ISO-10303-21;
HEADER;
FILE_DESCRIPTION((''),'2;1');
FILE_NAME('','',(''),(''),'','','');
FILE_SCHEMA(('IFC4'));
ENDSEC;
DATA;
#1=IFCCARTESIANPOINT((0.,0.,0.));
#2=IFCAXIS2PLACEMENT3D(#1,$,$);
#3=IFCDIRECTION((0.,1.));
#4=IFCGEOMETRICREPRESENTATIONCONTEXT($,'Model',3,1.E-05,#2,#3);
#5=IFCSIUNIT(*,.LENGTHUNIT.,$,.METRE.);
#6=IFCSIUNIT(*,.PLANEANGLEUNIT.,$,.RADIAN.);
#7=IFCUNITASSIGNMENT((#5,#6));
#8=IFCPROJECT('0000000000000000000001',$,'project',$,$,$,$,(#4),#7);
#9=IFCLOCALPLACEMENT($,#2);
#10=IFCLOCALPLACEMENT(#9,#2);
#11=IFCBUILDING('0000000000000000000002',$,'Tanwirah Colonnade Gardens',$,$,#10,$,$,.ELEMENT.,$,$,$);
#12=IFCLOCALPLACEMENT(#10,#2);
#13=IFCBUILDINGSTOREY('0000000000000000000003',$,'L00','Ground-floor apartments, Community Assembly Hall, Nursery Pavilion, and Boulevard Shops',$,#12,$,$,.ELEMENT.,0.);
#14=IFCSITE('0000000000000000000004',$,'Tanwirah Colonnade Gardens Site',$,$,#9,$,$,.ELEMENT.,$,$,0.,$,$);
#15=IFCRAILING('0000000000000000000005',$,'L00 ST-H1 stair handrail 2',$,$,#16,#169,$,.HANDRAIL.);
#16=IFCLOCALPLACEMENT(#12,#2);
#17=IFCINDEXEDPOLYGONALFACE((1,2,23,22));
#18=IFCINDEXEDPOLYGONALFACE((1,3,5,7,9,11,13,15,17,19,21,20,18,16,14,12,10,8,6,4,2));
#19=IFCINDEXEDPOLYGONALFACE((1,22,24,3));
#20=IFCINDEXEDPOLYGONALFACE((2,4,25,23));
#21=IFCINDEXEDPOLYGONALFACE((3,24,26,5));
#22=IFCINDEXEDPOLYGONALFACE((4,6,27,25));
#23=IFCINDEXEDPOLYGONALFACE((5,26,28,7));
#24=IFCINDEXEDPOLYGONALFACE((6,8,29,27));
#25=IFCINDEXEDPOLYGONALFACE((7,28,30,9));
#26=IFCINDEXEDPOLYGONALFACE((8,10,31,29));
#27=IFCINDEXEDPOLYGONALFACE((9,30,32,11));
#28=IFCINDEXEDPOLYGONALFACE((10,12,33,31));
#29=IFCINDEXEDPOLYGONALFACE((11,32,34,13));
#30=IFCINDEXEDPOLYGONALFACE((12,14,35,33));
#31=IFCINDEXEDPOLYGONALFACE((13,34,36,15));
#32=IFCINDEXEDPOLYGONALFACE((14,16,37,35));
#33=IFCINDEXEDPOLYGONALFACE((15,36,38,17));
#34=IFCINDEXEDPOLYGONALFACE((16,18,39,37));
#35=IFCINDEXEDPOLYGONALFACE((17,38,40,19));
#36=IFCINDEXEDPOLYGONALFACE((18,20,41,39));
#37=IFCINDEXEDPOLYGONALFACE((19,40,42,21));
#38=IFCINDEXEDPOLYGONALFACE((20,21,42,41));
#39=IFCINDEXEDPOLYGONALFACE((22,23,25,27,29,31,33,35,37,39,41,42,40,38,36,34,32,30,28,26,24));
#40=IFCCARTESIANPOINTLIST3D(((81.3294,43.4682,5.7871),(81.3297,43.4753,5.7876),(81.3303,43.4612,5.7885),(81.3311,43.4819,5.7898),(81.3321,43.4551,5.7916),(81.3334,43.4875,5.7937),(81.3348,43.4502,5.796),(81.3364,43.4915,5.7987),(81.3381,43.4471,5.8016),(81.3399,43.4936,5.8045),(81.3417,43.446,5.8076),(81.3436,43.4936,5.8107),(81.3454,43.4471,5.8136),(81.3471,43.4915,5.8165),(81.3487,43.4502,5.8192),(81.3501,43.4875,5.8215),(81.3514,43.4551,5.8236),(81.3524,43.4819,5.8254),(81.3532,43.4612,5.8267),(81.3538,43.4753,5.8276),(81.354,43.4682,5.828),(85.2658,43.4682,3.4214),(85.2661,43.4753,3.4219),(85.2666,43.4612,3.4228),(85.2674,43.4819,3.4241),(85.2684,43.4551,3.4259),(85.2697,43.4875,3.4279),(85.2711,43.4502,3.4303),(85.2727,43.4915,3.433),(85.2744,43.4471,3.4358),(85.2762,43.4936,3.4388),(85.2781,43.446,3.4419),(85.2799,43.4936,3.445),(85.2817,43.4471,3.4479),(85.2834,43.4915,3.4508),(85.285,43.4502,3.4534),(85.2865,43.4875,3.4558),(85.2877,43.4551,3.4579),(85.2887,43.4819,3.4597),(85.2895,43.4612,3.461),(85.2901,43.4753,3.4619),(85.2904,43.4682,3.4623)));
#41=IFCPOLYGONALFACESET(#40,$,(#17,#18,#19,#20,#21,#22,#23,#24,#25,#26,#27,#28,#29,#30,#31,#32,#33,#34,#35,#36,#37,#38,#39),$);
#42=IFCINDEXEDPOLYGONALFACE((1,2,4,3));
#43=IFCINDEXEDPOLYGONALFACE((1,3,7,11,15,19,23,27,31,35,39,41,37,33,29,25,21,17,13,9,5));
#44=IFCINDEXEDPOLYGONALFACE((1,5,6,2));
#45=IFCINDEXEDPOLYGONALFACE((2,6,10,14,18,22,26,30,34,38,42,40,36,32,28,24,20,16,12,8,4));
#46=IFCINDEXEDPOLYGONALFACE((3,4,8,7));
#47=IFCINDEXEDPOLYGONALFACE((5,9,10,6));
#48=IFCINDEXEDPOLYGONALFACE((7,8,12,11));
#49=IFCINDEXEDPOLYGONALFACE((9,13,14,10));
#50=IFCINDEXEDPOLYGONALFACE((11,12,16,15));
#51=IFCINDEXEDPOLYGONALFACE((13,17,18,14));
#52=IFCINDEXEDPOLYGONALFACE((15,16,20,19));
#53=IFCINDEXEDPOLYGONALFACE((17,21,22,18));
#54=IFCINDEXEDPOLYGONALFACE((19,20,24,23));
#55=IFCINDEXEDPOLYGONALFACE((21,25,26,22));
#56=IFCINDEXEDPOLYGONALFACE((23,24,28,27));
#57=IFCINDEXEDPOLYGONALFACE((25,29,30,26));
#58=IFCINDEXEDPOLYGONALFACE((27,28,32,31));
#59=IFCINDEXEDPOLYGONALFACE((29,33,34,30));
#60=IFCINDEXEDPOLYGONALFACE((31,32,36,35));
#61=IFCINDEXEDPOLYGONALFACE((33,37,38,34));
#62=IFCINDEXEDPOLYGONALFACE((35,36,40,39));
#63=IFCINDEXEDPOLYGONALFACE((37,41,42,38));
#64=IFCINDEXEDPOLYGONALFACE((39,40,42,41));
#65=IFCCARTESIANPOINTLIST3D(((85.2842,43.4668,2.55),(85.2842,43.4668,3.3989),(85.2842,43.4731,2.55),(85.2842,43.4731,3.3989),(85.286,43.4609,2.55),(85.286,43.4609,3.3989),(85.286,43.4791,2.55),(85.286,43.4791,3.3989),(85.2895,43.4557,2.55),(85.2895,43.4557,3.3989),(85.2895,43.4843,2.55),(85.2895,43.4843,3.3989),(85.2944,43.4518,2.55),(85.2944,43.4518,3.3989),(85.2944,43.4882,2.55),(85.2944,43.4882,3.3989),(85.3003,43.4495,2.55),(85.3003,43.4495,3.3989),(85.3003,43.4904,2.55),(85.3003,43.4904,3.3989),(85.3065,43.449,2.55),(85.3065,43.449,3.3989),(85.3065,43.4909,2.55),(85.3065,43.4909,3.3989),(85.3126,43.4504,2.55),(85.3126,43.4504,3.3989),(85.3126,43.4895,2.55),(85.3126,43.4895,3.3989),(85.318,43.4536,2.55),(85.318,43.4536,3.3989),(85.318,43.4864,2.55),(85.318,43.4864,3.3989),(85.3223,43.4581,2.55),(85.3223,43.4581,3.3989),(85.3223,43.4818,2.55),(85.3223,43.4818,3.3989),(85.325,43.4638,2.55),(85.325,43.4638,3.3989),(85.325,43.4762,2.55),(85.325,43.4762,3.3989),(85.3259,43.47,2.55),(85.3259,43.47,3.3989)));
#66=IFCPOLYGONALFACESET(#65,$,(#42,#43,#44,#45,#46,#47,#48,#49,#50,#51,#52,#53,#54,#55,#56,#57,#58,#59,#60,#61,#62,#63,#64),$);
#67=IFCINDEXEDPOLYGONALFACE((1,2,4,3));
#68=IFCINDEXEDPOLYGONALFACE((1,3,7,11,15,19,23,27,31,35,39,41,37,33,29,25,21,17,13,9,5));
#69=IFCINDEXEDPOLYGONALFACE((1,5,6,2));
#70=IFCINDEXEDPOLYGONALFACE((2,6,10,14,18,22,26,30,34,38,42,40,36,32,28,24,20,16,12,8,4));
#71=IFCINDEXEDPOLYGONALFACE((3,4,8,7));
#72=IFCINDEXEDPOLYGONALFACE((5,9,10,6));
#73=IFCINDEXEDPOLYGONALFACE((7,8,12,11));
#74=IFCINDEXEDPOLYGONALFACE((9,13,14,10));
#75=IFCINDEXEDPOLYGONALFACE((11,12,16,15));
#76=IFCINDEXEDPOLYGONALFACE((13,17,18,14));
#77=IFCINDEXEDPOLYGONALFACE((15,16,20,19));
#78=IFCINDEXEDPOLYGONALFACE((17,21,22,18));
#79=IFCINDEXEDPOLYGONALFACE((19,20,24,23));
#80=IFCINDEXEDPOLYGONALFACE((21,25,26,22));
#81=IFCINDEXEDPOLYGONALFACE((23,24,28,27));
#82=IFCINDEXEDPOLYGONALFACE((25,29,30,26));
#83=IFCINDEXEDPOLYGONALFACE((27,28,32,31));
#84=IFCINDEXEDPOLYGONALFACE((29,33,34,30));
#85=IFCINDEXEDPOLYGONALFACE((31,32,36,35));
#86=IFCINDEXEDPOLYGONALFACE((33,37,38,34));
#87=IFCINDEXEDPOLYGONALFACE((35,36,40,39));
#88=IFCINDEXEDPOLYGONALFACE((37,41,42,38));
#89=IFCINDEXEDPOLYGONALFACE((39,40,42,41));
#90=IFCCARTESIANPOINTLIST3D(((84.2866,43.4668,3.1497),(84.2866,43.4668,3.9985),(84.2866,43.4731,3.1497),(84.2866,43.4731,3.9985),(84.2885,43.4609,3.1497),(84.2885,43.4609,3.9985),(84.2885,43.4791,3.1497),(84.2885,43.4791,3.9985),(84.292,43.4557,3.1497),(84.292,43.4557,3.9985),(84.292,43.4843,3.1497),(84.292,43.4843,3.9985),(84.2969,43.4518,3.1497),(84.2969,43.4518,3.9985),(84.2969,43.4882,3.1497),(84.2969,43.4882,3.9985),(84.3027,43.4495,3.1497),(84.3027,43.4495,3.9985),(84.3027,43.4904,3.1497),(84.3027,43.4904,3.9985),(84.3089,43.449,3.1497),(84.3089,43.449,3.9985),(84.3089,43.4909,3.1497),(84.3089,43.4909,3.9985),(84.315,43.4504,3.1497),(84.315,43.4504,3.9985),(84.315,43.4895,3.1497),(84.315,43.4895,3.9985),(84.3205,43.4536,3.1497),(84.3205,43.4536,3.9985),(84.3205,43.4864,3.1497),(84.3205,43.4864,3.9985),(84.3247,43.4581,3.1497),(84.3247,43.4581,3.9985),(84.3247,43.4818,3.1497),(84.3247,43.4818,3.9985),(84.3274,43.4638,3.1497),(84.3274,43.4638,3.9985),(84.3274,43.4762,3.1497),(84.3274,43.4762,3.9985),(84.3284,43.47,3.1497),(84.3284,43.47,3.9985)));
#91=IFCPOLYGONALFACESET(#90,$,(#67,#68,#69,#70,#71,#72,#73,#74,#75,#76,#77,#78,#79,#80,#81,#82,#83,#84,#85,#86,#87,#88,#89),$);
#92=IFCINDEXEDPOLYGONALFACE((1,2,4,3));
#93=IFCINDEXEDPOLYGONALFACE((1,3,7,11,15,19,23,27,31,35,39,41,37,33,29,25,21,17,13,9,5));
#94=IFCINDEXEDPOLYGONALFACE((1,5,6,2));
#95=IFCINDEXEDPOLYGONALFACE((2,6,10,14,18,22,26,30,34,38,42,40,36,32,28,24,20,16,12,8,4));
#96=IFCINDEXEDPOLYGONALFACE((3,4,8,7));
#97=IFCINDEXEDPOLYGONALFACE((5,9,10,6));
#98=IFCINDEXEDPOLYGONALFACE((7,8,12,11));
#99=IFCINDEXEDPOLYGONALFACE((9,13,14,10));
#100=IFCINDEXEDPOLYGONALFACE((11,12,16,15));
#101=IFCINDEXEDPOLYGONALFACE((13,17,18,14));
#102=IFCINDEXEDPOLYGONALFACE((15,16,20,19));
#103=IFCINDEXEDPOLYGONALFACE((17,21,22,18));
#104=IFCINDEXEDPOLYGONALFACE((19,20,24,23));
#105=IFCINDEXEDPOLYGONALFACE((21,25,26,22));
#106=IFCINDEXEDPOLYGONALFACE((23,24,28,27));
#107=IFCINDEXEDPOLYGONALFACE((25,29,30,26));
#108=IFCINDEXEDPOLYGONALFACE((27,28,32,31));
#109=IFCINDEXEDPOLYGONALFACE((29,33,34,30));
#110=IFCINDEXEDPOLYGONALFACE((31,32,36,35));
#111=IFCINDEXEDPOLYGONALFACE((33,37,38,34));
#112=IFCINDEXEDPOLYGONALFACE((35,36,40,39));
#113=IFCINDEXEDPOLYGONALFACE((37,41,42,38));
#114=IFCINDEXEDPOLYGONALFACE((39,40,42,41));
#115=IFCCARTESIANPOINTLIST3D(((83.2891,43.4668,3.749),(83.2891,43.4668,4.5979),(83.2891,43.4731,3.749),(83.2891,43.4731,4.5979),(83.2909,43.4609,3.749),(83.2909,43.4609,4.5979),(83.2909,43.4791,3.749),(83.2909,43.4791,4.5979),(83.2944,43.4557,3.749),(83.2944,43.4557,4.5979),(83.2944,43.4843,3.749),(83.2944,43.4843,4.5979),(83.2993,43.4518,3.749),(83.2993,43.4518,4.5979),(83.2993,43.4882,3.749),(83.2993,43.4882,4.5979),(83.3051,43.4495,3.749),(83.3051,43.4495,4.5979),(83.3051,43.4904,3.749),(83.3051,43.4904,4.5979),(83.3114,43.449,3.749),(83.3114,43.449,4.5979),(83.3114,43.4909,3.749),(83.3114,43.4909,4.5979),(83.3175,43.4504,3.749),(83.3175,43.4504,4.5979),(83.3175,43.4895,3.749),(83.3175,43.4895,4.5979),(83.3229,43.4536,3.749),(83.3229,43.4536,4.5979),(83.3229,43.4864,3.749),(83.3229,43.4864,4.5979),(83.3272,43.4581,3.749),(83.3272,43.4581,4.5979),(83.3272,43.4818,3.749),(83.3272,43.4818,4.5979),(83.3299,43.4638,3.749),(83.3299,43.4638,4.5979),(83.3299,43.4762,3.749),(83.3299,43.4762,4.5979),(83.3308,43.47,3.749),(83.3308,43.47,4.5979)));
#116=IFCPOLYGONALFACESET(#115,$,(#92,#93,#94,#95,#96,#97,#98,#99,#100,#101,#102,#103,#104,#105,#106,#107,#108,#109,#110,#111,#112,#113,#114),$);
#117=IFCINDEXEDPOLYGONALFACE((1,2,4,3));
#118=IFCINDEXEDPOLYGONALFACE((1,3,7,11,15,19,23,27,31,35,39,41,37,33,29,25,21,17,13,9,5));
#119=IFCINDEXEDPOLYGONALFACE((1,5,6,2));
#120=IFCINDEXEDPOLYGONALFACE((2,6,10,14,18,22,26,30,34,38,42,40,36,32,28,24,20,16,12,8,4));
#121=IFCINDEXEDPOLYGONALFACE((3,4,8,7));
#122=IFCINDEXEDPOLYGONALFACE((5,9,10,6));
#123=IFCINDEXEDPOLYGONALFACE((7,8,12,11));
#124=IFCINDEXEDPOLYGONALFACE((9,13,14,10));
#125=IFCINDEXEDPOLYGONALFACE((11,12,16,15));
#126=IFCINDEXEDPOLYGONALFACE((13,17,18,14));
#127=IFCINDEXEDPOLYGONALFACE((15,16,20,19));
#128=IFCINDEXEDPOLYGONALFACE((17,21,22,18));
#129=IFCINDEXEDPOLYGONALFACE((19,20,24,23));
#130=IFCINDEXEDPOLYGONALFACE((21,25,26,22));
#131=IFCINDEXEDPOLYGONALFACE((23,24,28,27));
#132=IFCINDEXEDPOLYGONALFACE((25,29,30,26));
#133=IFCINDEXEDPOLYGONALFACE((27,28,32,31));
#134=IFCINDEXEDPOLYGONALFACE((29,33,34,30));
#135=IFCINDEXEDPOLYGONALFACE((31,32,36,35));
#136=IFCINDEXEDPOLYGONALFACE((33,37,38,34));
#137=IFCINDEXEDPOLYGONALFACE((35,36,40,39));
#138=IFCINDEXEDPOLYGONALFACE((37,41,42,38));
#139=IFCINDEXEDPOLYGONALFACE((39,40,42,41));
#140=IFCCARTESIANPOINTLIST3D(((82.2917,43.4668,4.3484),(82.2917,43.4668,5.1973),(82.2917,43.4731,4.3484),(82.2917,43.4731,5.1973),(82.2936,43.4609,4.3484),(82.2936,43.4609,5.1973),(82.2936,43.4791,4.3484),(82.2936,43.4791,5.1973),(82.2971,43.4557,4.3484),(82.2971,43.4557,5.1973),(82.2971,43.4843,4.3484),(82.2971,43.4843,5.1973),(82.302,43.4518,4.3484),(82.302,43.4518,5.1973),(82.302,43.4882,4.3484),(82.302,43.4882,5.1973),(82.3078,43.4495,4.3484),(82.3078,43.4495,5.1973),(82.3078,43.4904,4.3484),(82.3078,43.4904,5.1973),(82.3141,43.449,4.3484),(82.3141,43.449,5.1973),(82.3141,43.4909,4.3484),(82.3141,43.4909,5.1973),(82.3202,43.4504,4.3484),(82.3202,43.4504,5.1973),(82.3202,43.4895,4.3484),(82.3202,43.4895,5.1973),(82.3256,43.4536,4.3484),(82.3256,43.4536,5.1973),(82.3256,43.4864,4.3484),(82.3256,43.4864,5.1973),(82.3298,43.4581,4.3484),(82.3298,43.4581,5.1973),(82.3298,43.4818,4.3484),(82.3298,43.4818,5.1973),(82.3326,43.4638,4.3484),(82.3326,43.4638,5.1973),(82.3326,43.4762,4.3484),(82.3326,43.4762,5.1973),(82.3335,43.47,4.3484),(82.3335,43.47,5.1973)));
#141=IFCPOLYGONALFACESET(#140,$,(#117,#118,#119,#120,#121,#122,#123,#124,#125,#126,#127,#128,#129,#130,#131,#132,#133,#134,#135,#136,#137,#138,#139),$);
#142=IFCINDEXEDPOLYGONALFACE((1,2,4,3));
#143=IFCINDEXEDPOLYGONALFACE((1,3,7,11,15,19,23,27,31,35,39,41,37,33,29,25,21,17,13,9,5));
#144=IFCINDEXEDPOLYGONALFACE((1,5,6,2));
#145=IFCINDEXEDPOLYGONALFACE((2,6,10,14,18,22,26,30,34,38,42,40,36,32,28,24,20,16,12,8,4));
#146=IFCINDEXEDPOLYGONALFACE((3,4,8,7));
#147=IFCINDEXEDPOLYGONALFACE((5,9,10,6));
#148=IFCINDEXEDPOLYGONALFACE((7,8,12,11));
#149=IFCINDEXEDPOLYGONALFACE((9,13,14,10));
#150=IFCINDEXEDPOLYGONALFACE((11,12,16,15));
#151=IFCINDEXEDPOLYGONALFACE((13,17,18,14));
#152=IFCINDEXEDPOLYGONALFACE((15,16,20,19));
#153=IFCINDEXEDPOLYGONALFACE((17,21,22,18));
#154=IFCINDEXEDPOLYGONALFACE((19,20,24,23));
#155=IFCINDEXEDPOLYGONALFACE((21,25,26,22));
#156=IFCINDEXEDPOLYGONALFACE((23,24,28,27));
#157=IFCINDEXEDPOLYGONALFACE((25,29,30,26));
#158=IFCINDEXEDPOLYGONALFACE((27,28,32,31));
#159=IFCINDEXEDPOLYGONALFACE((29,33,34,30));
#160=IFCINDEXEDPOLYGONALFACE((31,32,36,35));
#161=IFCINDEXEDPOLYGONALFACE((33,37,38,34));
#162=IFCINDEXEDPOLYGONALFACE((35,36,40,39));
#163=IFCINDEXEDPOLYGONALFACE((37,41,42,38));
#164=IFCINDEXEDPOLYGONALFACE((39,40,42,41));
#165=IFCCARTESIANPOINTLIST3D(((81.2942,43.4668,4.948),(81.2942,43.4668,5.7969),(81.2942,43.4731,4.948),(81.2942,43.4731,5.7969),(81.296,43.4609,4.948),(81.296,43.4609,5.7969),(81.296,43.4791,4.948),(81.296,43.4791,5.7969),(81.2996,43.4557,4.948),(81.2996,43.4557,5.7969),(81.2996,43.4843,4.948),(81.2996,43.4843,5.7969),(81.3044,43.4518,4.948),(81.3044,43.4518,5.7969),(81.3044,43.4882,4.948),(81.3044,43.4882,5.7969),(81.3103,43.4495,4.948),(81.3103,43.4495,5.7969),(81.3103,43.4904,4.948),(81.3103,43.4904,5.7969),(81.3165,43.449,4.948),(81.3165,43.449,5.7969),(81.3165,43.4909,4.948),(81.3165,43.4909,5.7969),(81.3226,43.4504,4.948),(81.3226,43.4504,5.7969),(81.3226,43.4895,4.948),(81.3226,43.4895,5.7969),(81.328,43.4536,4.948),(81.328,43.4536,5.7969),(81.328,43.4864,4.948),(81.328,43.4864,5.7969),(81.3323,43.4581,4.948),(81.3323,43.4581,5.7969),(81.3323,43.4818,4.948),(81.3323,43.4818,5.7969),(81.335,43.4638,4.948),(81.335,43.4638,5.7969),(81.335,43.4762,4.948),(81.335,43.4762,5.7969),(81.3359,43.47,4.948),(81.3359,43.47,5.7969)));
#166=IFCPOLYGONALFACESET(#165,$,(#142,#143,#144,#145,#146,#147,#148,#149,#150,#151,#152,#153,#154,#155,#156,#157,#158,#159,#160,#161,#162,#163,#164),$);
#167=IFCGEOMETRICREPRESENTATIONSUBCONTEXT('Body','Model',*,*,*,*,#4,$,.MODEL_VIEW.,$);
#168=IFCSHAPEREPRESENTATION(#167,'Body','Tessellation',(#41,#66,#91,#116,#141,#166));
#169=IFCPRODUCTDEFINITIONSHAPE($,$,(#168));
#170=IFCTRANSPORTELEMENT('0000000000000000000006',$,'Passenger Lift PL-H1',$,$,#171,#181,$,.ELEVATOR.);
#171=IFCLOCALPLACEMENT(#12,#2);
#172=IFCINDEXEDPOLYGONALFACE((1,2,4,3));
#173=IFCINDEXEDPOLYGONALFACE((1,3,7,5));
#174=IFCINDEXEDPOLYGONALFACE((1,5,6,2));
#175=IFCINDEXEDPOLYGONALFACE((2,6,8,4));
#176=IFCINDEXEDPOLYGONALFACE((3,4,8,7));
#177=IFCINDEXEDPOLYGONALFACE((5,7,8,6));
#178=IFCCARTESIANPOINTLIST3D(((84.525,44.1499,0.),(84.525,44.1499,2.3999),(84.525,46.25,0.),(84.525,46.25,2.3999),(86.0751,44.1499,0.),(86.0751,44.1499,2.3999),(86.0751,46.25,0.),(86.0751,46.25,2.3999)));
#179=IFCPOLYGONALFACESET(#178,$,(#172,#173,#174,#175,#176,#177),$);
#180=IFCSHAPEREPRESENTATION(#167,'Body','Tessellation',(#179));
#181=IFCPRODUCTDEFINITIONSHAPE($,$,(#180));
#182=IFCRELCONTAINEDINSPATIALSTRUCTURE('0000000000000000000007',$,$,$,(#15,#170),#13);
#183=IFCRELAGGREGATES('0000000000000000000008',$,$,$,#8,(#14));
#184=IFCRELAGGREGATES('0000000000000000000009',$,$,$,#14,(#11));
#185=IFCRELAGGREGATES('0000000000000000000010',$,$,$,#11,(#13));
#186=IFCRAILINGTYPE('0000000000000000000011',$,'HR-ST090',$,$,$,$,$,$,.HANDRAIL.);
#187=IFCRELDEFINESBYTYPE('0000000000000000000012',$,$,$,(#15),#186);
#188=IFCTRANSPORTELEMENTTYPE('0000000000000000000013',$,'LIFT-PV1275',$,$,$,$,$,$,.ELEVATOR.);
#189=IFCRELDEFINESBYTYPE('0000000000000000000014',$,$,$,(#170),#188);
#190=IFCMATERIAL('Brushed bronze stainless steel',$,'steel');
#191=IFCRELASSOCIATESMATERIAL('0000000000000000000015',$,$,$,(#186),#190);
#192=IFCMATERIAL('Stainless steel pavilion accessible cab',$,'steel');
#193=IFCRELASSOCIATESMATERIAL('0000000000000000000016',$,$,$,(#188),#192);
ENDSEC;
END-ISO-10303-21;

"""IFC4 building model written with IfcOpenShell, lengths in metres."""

from ifc_helpers import new_model, si_unit, direction, frame, origin, origin_2d, place, context, subcontext, project, spatial, rectangle, circle, extrude, material, type_object, element, save


model = new_model("IFC4")

# Units and contexts
model_context = context("Model", 3, precision=1e-05, world=origin(), true_north=direction((0.0, 1.0)))
body_context = subcontext(model_context, "Body", "Model", "MODEL_VIEW")
ifc_project = project(units=[si_unit("LENGTHUNIT", "METRE"), si_unit("PLANEANGLEUNIT", "RADIAN")], contexts=[model_context])

# Site, building, storey
site_placement = place(None, origin())
site = spatial("IfcSite", under=ifc_project, at=site_placement, Name="Tanwirah Colonnade Gardens Site", CompositionType="ELEMENT", RefElevation=0.0)
building_placement = place(site_placement, origin())
building = spatial("IfcBuilding", under=site, at=building_placement, Name="Tanwirah Colonnade Gardens", CompositionType="ELEMENT")
storey_placement = place(building_placement, origin())
storey = spatial("IfcBuildingStorey", under=building, at=storey_placement, Name="L00", Description="Ground-floor apartments, Community Assembly Hall, Nursery Pavilion, and Boulevard Shops", CompositionType="ELEMENT", Elevation=0.0)

# Railing
ifc_material_1 = material(Name="Brushed bronze stainless steel", Category="steel")
railing_type_1 = type_object("IfcRailingType", Name="HR-ST090", PredefinedType="HANDRAIL", material=ifc_material_1)
railing_1_placement = place(storey_placement, frame((85.3049, 43.47, 2.55)))
element("IfcRailing", 1, at=railing_1_placement, inside=storey, type_object=railing_type_1, Name="L00 ST-H1 stair handrail 2", PredefinedType="HANDRAIL", context=body_context, shape_type="SweptSolid", body=[
    extrude(circle(Radius=0.0239, at=origin_2d()), frame((-0.0269, 0.0, 0.8918), z_axis=(-0.857118, 0.0, 0.51512), x_axis=(0.0, -1.0, 0.0)), (0.0, 0.0, 1.0), 4.5925),
    extrude(circle(Radius=0.021, at=origin_2d()), origin(), (0.0, 0.0, 1.0), 0.8489),
    extrude(circle(Radius=0.021, at=origin_2d()), frame((-0.9976, 0.0, 0.5996)), (0.0, 0.0, 1.0), 0.8489),
    extrude(circle(Radius=0.021, at=origin_2d()), frame((-1.9951, 0.0, 1.199)), (0.0, 0.0, 1.0), 0.8489),
    extrude(circle(Radius=0.021, at=origin_2d()), frame((-2.9924, 0.0, 1.7983)), (0.0, 0.0, 1.0), 0.8489),
    extrude(circle(Radius=0.021, at=origin_2d()), frame((-3.99, 0.0, 2.3979)), (0.0, 0.0, 1.0), 0.8489),
])

# Transport element
ifc_material_2 = material(Name="Stainless steel pavilion accessible cab", Category="steel")
transport_element_type = type_object("IfcTransportElementType", Name="LIFT-PV1275", PredefinedType="ELEVATOR", material=ifc_material_2)
transport_element_placement = place(storey_placement, frame((85.3, 45.2, 0.0), z_axis=(0.0, 0.0, 1.0), x_axis=(1.0, 0.0, 0.0)))
element("IfcTransportElement", 2, at=transport_element_placement, inside=storey, type_object=transport_element_type, Name="Passenger Lift PL-H1", PredefinedType="ELEVATOR", context=body_context, shape_type="SweptSolid", body=[
    extrude(rectangle(XDim=1.55, YDim=2.1001, at=origin_2d()), origin(), (0.0, 0.0, 1.0), 2.3999),
])

save(model, "model.ifc")
